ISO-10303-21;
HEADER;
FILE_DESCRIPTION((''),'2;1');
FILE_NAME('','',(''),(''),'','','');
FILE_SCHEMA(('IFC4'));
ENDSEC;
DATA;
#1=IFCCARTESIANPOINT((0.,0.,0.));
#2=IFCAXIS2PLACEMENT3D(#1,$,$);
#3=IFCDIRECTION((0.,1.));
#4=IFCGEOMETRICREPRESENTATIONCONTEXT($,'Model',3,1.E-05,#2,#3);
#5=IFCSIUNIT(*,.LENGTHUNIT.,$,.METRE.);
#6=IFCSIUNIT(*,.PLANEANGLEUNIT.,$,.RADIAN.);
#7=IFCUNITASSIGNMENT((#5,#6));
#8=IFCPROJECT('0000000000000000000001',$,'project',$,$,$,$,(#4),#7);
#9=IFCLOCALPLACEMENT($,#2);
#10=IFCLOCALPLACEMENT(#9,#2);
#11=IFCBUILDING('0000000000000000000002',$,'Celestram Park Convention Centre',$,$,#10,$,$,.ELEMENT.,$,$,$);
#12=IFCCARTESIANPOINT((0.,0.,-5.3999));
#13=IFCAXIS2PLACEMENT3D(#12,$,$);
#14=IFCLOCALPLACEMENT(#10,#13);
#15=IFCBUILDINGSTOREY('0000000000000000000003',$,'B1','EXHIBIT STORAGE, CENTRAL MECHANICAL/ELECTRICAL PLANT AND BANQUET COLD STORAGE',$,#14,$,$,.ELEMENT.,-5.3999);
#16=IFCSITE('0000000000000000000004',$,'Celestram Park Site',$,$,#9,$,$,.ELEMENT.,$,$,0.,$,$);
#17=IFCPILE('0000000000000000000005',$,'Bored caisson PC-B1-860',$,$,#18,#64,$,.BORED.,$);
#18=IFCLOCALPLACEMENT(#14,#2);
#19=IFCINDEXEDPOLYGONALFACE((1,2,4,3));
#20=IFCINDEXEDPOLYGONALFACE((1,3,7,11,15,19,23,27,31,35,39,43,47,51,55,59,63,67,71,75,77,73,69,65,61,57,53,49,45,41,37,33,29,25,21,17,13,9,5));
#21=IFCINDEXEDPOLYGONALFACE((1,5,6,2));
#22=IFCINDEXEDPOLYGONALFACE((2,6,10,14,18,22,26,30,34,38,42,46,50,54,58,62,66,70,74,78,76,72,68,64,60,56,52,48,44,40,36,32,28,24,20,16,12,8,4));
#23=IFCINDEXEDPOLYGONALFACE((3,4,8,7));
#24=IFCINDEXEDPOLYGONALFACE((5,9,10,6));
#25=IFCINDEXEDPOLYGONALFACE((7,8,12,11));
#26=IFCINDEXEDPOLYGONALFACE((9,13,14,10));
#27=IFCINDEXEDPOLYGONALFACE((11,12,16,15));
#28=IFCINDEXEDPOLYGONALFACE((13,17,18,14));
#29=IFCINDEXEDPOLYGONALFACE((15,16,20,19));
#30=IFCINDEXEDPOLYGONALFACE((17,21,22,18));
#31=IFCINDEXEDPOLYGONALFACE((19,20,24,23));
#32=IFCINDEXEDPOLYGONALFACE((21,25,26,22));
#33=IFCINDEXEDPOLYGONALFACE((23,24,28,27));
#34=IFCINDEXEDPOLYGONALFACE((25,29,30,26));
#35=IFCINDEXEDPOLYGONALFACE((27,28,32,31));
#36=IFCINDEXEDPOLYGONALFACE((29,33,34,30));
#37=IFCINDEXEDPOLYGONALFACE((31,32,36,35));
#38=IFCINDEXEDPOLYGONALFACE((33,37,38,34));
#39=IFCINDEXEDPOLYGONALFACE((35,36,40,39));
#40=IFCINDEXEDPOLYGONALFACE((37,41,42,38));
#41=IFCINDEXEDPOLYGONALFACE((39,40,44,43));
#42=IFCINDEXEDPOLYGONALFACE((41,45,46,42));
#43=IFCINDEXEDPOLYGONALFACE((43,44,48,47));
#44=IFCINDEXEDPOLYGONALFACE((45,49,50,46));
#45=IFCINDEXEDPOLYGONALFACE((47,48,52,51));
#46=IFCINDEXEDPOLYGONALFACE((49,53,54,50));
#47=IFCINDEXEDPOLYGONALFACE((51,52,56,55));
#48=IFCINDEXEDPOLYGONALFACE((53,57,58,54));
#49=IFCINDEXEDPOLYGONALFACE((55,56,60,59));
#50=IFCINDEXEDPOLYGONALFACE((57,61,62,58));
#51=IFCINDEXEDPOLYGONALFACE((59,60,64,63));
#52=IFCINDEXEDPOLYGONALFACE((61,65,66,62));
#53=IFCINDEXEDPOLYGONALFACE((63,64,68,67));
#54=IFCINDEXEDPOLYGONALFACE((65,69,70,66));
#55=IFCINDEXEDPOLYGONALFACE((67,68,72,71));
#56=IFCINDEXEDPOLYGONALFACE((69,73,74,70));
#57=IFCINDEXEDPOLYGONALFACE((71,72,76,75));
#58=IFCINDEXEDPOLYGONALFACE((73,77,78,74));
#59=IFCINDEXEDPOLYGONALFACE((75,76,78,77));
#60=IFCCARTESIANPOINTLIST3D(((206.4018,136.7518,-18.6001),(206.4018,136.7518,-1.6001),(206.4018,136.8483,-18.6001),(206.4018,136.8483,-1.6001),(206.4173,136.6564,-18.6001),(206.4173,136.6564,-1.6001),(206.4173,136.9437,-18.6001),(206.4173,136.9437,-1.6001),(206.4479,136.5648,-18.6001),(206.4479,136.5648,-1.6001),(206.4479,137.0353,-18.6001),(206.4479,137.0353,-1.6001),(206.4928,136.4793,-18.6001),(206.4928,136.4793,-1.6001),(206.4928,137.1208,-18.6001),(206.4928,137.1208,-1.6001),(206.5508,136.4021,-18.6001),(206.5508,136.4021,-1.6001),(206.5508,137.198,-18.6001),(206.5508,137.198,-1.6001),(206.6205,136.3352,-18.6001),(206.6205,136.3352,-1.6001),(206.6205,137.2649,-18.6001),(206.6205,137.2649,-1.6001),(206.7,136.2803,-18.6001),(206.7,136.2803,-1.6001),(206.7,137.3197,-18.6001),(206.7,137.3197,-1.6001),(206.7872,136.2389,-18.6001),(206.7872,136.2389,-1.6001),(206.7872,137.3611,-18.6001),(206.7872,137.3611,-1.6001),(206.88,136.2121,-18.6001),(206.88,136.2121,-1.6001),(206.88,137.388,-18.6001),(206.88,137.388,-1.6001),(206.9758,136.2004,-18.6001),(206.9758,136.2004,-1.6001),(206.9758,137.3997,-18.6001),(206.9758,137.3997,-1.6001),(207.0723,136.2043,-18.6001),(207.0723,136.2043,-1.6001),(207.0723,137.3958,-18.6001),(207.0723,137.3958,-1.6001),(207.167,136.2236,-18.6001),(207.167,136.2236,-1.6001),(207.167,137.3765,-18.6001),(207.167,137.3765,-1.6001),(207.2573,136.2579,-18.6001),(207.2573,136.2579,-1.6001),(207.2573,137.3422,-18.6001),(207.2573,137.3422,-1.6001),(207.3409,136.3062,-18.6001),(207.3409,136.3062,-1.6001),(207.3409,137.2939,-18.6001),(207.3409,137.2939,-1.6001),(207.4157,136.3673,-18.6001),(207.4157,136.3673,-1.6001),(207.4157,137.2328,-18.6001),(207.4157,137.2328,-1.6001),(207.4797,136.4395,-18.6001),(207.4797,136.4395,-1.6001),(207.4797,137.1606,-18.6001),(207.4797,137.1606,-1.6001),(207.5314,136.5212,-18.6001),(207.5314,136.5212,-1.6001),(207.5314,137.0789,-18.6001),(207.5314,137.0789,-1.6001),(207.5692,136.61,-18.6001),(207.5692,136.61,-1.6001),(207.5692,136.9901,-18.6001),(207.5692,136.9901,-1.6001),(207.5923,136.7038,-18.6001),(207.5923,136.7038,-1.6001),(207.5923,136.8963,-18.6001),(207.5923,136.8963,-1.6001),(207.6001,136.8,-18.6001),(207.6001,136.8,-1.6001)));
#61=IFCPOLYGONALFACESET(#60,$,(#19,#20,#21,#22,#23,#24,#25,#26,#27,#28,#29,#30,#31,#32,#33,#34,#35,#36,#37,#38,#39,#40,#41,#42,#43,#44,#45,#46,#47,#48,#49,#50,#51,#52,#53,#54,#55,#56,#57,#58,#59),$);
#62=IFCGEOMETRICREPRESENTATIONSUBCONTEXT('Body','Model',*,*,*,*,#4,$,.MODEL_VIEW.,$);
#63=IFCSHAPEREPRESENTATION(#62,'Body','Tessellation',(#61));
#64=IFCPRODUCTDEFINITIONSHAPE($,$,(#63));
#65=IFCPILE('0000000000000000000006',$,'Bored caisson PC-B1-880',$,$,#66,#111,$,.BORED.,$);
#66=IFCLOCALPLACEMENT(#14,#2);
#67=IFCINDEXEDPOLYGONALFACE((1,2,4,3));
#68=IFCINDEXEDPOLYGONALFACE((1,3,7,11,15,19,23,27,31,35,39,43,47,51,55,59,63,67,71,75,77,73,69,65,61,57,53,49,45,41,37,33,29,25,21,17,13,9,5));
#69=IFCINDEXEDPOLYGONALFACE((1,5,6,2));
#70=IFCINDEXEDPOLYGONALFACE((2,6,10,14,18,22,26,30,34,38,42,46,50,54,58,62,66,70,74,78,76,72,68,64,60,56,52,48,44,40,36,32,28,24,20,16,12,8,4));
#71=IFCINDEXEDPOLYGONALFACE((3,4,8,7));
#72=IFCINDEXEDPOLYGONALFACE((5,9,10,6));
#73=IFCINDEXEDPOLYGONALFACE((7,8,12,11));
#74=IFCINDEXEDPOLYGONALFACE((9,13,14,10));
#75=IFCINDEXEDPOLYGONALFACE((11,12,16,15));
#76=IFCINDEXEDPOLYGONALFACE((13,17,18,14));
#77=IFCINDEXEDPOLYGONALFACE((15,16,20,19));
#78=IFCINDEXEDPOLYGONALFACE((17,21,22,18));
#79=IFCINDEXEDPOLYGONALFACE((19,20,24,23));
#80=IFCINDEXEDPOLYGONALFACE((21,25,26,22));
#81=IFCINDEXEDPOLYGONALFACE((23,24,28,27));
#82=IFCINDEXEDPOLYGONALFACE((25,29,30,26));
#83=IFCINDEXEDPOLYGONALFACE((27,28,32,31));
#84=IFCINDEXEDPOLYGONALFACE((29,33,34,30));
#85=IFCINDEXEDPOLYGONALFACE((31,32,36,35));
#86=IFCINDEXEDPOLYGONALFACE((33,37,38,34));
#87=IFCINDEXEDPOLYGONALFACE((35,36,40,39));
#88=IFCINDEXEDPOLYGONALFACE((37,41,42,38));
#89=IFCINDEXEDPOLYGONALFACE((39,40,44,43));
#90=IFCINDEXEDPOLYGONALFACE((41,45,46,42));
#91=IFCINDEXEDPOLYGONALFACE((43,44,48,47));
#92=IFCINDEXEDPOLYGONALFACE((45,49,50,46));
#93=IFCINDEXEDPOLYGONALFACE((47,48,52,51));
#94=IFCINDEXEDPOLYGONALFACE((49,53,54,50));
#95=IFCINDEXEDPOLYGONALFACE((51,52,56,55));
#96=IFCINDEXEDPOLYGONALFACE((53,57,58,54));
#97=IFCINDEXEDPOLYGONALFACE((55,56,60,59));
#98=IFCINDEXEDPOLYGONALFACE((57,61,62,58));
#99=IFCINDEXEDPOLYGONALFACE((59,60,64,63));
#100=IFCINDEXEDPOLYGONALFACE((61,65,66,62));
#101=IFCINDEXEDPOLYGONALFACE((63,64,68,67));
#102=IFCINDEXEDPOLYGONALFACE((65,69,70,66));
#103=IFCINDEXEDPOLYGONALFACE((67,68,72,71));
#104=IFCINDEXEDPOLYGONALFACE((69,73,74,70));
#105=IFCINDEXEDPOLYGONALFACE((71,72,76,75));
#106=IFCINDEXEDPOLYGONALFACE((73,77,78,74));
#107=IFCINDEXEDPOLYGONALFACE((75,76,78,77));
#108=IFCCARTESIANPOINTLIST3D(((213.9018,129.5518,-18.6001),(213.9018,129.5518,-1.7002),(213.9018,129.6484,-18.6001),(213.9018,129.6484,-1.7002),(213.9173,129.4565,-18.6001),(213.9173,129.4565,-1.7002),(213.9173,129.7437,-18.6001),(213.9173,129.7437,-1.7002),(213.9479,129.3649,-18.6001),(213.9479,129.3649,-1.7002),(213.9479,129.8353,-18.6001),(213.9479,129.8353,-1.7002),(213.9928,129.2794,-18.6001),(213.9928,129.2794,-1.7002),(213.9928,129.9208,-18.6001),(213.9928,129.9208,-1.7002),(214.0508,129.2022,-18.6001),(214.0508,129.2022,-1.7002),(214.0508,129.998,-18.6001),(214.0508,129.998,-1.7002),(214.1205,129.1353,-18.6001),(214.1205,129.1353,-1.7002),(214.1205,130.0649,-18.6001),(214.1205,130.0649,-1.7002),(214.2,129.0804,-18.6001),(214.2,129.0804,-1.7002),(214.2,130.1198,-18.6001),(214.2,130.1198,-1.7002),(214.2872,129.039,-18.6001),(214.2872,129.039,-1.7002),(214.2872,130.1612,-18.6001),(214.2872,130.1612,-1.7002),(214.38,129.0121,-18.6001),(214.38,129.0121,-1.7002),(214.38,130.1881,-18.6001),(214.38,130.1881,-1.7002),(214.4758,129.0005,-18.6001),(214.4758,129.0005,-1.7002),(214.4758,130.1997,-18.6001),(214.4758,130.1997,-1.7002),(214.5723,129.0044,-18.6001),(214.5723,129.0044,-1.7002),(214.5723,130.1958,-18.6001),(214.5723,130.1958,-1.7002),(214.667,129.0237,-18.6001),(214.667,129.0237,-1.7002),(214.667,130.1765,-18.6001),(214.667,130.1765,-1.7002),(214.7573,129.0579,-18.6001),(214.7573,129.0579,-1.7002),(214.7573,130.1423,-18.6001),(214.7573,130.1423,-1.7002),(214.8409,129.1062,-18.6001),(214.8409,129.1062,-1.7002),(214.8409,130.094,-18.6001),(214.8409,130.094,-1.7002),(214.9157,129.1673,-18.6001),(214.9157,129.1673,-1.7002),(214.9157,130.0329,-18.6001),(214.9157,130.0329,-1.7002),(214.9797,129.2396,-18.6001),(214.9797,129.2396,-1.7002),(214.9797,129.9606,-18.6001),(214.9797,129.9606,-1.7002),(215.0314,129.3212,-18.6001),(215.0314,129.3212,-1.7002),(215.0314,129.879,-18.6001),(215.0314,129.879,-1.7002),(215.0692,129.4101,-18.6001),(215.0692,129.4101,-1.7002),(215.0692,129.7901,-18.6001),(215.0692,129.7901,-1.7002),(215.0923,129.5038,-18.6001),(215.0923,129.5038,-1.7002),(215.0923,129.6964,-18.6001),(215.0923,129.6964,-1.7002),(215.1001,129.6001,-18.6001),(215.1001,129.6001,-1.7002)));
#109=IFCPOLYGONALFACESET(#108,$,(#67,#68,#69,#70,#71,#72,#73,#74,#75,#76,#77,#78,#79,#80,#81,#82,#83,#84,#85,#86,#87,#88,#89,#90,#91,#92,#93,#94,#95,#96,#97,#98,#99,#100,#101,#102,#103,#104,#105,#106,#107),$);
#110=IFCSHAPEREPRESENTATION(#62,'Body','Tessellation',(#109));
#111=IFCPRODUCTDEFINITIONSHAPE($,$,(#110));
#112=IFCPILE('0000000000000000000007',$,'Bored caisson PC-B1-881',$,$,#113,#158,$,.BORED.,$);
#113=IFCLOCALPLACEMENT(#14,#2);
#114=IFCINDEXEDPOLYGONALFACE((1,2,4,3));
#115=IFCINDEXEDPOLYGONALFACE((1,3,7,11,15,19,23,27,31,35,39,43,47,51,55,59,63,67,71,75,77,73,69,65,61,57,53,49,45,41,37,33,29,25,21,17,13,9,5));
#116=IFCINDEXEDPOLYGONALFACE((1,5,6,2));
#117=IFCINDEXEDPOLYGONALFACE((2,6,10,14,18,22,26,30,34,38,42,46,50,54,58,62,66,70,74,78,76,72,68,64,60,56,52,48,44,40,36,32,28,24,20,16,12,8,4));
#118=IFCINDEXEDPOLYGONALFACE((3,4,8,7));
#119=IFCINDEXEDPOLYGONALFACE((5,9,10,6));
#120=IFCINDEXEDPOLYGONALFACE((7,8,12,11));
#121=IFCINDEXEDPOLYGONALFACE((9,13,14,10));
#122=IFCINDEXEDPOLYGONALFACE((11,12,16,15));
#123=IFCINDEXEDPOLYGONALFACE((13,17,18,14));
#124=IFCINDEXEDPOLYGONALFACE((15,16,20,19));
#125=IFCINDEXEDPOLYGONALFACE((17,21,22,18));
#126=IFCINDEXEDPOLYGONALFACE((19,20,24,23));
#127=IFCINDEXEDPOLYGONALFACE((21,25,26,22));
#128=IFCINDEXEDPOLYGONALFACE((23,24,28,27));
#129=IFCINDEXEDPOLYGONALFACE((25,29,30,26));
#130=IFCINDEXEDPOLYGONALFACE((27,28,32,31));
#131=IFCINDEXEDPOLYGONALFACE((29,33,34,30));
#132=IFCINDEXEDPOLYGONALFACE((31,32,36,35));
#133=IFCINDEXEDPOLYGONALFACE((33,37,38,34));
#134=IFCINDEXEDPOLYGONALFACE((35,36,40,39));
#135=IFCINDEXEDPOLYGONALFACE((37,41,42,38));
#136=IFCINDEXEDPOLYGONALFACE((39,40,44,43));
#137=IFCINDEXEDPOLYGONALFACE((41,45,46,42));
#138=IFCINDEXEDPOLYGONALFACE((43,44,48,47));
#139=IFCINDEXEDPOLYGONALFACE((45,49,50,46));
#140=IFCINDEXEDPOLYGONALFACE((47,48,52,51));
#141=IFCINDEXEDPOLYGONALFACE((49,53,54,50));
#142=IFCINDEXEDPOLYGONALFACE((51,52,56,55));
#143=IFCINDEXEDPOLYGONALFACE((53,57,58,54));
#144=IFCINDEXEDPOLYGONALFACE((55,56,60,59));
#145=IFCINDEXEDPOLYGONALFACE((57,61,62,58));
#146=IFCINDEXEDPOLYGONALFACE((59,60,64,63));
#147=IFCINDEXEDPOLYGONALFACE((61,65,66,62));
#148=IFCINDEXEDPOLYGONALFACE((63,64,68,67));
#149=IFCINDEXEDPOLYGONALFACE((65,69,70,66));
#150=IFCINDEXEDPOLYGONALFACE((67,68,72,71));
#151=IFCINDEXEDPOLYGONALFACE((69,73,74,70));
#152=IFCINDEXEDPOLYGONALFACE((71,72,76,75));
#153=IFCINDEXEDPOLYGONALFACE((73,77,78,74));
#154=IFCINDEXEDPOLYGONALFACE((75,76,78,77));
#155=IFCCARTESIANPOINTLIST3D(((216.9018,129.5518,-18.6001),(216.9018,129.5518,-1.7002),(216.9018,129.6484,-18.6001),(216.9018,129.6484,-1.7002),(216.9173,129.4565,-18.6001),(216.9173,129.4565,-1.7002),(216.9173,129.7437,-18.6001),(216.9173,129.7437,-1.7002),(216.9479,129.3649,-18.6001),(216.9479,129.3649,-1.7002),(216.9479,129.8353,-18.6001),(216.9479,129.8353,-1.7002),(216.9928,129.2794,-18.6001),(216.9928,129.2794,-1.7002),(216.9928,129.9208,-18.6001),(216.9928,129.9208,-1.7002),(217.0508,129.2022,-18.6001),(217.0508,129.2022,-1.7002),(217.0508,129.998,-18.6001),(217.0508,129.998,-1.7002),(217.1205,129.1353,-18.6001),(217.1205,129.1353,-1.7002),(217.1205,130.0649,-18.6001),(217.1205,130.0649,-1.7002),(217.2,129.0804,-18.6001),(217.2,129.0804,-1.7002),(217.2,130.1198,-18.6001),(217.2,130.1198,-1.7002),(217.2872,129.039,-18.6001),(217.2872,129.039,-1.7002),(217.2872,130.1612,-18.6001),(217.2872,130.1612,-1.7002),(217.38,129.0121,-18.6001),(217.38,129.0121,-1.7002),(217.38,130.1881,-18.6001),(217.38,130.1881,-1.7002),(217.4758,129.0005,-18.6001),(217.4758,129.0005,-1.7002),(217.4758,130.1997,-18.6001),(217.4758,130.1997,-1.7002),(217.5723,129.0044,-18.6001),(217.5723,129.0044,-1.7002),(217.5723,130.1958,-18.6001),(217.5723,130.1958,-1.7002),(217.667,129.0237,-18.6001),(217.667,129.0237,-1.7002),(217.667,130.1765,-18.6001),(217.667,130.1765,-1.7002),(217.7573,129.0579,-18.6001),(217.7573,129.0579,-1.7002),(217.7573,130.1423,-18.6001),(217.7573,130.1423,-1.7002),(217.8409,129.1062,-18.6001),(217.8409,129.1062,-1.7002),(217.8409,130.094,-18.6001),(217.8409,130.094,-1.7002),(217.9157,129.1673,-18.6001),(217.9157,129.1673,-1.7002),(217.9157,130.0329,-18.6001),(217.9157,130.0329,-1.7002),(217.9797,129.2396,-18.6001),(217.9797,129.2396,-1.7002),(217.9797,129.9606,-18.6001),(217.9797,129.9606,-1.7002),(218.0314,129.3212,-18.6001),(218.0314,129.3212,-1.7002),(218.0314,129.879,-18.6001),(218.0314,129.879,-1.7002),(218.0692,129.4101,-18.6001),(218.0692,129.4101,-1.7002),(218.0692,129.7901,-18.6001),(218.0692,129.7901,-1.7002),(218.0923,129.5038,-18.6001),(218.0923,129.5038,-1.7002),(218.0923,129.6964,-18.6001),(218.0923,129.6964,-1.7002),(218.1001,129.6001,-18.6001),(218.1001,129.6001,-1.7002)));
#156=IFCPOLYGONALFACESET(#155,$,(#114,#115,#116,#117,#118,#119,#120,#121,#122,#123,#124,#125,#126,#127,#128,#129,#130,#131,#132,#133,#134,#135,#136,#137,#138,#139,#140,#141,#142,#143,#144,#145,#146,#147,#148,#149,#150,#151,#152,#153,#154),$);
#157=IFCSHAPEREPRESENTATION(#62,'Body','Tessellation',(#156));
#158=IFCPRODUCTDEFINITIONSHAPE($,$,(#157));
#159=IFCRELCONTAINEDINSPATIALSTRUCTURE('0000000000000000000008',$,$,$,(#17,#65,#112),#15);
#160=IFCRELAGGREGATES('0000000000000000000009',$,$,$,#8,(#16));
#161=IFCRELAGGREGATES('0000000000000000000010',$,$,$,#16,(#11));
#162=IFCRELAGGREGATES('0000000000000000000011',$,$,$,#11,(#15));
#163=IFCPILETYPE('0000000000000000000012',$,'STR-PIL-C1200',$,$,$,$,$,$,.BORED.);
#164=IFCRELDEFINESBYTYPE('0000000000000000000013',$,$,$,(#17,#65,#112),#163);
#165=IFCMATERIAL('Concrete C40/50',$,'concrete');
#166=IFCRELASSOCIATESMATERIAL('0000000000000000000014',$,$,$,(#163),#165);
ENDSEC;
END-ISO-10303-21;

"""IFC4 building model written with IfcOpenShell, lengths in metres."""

from ifc_helpers import new_model, si_unit, direction, frame, origin, origin_2d, place, context, subcontext, project, spatial, circle, extrude, material, material_profile, profile_set, type_object, element, save


model = new_model("IFC4")

# Units and contexts
model_context = context("Model", 3, precision=1e-05, world=origin(), true_north=direction((0.0, 1.0)))
body_context = subcontext(model_context, "Body", "Model", "MODEL_VIEW")
ifc_project = project(units=[si_unit("LENGTHUNIT", "METRE"), si_unit("PLANEANGLEUNIT", "RADIAN")], contexts=[model_context])

# Site, building, storey
site_placement = place(None, origin())
site = spatial("IfcSite", under=ifc_project, at=site_placement, Name="Celestram Park Site", CompositionType="ELEMENT", RefElevation=0.0)
building_placement = place(site_placement, origin())
building = spatial("IfcBuilding", under=site, at=building_placement, Name="Celestram Park Convention Centre", CompositionType="ELEMENT")
storey_placement = place(building_placement, frame((0.0, 0.0, -5.3999)))
storey = spatial("IfcBuildingStorey", under=building, at=storey_placement, Name="B1", Description="EXHIBIT STORAGE, CENTRAL MECHANICAL/ELECTRICAL PLANT AND BANQUET COLD STORAGE", CompositionType="ELEMENT", Elevation=-5.3999)

# Shared definitions
ifc_material_1 = material(Name="Concrete C40/50", Category="concrete")

# Piles
ifc_material_profile_1 = material_profile(ifc_material_1, circle(Radius=0.6001, at=origin_2d()), Name="CAISSON1200")
ifc_profile_set_1 = profile_set([ifc_material_profile_1], Name="Concrete C40/50")
pile_type_1 = type_object("IfcPileType", Name="STR-PIL-C1200", PredefinedType="BORED", material=ifc_profile_set_1)
for number, where, z_axis, x_axis, name in (
    (1, (207.0, 136.8, -1.6001), (0.0, 0.0, -1.0), (1.0, 0.0, 0.0), "Bored caisson PC-B1-860"),
):
    element("IfcPile", number, at=place(storey_placement, frame(where, z_axis=z_axis, x_axis=x_axis)), inside=storey, type_object=pile_type_1, Name=name, PredefinedType="BORED", context=body_context, shape_type="SweptSolid", body=[
        extrude(circle(Radius=0.6001, at=origin_2d()), origin(), (0.0, 0.0, 1.0), 17.0),
    ])
for number, where, z_axis, x_axis, name in (
    (2, (214.5, 129.6001, -1.7002), (0.0, 0.0, -1.0), (1.0, 0.0, 0.0), "Bored caisson PC-B1-880"),
    (3, (217.5, 129.6001, -1.7002), (0.0, 0.0, -1.0), (1.0, 0.0, 0.0), "Bored caisson PC-B1-881"),
):
    element("IfcPile", number, at=place(storey_placement, frame(where, z_axis=z_axis, x_axis=x_axis)), inside=storey, type_object=pile_type_1, Name=name, PredefinedType="BORED", context=body_context, shape_type="SweptSolid", body=[
        extrude(circle(Radius=0.6001, at=origin_2d()), origin(), (0.0, 0.0, 1.0), 16.8999),
    ])

save(model, "model.ifc")
